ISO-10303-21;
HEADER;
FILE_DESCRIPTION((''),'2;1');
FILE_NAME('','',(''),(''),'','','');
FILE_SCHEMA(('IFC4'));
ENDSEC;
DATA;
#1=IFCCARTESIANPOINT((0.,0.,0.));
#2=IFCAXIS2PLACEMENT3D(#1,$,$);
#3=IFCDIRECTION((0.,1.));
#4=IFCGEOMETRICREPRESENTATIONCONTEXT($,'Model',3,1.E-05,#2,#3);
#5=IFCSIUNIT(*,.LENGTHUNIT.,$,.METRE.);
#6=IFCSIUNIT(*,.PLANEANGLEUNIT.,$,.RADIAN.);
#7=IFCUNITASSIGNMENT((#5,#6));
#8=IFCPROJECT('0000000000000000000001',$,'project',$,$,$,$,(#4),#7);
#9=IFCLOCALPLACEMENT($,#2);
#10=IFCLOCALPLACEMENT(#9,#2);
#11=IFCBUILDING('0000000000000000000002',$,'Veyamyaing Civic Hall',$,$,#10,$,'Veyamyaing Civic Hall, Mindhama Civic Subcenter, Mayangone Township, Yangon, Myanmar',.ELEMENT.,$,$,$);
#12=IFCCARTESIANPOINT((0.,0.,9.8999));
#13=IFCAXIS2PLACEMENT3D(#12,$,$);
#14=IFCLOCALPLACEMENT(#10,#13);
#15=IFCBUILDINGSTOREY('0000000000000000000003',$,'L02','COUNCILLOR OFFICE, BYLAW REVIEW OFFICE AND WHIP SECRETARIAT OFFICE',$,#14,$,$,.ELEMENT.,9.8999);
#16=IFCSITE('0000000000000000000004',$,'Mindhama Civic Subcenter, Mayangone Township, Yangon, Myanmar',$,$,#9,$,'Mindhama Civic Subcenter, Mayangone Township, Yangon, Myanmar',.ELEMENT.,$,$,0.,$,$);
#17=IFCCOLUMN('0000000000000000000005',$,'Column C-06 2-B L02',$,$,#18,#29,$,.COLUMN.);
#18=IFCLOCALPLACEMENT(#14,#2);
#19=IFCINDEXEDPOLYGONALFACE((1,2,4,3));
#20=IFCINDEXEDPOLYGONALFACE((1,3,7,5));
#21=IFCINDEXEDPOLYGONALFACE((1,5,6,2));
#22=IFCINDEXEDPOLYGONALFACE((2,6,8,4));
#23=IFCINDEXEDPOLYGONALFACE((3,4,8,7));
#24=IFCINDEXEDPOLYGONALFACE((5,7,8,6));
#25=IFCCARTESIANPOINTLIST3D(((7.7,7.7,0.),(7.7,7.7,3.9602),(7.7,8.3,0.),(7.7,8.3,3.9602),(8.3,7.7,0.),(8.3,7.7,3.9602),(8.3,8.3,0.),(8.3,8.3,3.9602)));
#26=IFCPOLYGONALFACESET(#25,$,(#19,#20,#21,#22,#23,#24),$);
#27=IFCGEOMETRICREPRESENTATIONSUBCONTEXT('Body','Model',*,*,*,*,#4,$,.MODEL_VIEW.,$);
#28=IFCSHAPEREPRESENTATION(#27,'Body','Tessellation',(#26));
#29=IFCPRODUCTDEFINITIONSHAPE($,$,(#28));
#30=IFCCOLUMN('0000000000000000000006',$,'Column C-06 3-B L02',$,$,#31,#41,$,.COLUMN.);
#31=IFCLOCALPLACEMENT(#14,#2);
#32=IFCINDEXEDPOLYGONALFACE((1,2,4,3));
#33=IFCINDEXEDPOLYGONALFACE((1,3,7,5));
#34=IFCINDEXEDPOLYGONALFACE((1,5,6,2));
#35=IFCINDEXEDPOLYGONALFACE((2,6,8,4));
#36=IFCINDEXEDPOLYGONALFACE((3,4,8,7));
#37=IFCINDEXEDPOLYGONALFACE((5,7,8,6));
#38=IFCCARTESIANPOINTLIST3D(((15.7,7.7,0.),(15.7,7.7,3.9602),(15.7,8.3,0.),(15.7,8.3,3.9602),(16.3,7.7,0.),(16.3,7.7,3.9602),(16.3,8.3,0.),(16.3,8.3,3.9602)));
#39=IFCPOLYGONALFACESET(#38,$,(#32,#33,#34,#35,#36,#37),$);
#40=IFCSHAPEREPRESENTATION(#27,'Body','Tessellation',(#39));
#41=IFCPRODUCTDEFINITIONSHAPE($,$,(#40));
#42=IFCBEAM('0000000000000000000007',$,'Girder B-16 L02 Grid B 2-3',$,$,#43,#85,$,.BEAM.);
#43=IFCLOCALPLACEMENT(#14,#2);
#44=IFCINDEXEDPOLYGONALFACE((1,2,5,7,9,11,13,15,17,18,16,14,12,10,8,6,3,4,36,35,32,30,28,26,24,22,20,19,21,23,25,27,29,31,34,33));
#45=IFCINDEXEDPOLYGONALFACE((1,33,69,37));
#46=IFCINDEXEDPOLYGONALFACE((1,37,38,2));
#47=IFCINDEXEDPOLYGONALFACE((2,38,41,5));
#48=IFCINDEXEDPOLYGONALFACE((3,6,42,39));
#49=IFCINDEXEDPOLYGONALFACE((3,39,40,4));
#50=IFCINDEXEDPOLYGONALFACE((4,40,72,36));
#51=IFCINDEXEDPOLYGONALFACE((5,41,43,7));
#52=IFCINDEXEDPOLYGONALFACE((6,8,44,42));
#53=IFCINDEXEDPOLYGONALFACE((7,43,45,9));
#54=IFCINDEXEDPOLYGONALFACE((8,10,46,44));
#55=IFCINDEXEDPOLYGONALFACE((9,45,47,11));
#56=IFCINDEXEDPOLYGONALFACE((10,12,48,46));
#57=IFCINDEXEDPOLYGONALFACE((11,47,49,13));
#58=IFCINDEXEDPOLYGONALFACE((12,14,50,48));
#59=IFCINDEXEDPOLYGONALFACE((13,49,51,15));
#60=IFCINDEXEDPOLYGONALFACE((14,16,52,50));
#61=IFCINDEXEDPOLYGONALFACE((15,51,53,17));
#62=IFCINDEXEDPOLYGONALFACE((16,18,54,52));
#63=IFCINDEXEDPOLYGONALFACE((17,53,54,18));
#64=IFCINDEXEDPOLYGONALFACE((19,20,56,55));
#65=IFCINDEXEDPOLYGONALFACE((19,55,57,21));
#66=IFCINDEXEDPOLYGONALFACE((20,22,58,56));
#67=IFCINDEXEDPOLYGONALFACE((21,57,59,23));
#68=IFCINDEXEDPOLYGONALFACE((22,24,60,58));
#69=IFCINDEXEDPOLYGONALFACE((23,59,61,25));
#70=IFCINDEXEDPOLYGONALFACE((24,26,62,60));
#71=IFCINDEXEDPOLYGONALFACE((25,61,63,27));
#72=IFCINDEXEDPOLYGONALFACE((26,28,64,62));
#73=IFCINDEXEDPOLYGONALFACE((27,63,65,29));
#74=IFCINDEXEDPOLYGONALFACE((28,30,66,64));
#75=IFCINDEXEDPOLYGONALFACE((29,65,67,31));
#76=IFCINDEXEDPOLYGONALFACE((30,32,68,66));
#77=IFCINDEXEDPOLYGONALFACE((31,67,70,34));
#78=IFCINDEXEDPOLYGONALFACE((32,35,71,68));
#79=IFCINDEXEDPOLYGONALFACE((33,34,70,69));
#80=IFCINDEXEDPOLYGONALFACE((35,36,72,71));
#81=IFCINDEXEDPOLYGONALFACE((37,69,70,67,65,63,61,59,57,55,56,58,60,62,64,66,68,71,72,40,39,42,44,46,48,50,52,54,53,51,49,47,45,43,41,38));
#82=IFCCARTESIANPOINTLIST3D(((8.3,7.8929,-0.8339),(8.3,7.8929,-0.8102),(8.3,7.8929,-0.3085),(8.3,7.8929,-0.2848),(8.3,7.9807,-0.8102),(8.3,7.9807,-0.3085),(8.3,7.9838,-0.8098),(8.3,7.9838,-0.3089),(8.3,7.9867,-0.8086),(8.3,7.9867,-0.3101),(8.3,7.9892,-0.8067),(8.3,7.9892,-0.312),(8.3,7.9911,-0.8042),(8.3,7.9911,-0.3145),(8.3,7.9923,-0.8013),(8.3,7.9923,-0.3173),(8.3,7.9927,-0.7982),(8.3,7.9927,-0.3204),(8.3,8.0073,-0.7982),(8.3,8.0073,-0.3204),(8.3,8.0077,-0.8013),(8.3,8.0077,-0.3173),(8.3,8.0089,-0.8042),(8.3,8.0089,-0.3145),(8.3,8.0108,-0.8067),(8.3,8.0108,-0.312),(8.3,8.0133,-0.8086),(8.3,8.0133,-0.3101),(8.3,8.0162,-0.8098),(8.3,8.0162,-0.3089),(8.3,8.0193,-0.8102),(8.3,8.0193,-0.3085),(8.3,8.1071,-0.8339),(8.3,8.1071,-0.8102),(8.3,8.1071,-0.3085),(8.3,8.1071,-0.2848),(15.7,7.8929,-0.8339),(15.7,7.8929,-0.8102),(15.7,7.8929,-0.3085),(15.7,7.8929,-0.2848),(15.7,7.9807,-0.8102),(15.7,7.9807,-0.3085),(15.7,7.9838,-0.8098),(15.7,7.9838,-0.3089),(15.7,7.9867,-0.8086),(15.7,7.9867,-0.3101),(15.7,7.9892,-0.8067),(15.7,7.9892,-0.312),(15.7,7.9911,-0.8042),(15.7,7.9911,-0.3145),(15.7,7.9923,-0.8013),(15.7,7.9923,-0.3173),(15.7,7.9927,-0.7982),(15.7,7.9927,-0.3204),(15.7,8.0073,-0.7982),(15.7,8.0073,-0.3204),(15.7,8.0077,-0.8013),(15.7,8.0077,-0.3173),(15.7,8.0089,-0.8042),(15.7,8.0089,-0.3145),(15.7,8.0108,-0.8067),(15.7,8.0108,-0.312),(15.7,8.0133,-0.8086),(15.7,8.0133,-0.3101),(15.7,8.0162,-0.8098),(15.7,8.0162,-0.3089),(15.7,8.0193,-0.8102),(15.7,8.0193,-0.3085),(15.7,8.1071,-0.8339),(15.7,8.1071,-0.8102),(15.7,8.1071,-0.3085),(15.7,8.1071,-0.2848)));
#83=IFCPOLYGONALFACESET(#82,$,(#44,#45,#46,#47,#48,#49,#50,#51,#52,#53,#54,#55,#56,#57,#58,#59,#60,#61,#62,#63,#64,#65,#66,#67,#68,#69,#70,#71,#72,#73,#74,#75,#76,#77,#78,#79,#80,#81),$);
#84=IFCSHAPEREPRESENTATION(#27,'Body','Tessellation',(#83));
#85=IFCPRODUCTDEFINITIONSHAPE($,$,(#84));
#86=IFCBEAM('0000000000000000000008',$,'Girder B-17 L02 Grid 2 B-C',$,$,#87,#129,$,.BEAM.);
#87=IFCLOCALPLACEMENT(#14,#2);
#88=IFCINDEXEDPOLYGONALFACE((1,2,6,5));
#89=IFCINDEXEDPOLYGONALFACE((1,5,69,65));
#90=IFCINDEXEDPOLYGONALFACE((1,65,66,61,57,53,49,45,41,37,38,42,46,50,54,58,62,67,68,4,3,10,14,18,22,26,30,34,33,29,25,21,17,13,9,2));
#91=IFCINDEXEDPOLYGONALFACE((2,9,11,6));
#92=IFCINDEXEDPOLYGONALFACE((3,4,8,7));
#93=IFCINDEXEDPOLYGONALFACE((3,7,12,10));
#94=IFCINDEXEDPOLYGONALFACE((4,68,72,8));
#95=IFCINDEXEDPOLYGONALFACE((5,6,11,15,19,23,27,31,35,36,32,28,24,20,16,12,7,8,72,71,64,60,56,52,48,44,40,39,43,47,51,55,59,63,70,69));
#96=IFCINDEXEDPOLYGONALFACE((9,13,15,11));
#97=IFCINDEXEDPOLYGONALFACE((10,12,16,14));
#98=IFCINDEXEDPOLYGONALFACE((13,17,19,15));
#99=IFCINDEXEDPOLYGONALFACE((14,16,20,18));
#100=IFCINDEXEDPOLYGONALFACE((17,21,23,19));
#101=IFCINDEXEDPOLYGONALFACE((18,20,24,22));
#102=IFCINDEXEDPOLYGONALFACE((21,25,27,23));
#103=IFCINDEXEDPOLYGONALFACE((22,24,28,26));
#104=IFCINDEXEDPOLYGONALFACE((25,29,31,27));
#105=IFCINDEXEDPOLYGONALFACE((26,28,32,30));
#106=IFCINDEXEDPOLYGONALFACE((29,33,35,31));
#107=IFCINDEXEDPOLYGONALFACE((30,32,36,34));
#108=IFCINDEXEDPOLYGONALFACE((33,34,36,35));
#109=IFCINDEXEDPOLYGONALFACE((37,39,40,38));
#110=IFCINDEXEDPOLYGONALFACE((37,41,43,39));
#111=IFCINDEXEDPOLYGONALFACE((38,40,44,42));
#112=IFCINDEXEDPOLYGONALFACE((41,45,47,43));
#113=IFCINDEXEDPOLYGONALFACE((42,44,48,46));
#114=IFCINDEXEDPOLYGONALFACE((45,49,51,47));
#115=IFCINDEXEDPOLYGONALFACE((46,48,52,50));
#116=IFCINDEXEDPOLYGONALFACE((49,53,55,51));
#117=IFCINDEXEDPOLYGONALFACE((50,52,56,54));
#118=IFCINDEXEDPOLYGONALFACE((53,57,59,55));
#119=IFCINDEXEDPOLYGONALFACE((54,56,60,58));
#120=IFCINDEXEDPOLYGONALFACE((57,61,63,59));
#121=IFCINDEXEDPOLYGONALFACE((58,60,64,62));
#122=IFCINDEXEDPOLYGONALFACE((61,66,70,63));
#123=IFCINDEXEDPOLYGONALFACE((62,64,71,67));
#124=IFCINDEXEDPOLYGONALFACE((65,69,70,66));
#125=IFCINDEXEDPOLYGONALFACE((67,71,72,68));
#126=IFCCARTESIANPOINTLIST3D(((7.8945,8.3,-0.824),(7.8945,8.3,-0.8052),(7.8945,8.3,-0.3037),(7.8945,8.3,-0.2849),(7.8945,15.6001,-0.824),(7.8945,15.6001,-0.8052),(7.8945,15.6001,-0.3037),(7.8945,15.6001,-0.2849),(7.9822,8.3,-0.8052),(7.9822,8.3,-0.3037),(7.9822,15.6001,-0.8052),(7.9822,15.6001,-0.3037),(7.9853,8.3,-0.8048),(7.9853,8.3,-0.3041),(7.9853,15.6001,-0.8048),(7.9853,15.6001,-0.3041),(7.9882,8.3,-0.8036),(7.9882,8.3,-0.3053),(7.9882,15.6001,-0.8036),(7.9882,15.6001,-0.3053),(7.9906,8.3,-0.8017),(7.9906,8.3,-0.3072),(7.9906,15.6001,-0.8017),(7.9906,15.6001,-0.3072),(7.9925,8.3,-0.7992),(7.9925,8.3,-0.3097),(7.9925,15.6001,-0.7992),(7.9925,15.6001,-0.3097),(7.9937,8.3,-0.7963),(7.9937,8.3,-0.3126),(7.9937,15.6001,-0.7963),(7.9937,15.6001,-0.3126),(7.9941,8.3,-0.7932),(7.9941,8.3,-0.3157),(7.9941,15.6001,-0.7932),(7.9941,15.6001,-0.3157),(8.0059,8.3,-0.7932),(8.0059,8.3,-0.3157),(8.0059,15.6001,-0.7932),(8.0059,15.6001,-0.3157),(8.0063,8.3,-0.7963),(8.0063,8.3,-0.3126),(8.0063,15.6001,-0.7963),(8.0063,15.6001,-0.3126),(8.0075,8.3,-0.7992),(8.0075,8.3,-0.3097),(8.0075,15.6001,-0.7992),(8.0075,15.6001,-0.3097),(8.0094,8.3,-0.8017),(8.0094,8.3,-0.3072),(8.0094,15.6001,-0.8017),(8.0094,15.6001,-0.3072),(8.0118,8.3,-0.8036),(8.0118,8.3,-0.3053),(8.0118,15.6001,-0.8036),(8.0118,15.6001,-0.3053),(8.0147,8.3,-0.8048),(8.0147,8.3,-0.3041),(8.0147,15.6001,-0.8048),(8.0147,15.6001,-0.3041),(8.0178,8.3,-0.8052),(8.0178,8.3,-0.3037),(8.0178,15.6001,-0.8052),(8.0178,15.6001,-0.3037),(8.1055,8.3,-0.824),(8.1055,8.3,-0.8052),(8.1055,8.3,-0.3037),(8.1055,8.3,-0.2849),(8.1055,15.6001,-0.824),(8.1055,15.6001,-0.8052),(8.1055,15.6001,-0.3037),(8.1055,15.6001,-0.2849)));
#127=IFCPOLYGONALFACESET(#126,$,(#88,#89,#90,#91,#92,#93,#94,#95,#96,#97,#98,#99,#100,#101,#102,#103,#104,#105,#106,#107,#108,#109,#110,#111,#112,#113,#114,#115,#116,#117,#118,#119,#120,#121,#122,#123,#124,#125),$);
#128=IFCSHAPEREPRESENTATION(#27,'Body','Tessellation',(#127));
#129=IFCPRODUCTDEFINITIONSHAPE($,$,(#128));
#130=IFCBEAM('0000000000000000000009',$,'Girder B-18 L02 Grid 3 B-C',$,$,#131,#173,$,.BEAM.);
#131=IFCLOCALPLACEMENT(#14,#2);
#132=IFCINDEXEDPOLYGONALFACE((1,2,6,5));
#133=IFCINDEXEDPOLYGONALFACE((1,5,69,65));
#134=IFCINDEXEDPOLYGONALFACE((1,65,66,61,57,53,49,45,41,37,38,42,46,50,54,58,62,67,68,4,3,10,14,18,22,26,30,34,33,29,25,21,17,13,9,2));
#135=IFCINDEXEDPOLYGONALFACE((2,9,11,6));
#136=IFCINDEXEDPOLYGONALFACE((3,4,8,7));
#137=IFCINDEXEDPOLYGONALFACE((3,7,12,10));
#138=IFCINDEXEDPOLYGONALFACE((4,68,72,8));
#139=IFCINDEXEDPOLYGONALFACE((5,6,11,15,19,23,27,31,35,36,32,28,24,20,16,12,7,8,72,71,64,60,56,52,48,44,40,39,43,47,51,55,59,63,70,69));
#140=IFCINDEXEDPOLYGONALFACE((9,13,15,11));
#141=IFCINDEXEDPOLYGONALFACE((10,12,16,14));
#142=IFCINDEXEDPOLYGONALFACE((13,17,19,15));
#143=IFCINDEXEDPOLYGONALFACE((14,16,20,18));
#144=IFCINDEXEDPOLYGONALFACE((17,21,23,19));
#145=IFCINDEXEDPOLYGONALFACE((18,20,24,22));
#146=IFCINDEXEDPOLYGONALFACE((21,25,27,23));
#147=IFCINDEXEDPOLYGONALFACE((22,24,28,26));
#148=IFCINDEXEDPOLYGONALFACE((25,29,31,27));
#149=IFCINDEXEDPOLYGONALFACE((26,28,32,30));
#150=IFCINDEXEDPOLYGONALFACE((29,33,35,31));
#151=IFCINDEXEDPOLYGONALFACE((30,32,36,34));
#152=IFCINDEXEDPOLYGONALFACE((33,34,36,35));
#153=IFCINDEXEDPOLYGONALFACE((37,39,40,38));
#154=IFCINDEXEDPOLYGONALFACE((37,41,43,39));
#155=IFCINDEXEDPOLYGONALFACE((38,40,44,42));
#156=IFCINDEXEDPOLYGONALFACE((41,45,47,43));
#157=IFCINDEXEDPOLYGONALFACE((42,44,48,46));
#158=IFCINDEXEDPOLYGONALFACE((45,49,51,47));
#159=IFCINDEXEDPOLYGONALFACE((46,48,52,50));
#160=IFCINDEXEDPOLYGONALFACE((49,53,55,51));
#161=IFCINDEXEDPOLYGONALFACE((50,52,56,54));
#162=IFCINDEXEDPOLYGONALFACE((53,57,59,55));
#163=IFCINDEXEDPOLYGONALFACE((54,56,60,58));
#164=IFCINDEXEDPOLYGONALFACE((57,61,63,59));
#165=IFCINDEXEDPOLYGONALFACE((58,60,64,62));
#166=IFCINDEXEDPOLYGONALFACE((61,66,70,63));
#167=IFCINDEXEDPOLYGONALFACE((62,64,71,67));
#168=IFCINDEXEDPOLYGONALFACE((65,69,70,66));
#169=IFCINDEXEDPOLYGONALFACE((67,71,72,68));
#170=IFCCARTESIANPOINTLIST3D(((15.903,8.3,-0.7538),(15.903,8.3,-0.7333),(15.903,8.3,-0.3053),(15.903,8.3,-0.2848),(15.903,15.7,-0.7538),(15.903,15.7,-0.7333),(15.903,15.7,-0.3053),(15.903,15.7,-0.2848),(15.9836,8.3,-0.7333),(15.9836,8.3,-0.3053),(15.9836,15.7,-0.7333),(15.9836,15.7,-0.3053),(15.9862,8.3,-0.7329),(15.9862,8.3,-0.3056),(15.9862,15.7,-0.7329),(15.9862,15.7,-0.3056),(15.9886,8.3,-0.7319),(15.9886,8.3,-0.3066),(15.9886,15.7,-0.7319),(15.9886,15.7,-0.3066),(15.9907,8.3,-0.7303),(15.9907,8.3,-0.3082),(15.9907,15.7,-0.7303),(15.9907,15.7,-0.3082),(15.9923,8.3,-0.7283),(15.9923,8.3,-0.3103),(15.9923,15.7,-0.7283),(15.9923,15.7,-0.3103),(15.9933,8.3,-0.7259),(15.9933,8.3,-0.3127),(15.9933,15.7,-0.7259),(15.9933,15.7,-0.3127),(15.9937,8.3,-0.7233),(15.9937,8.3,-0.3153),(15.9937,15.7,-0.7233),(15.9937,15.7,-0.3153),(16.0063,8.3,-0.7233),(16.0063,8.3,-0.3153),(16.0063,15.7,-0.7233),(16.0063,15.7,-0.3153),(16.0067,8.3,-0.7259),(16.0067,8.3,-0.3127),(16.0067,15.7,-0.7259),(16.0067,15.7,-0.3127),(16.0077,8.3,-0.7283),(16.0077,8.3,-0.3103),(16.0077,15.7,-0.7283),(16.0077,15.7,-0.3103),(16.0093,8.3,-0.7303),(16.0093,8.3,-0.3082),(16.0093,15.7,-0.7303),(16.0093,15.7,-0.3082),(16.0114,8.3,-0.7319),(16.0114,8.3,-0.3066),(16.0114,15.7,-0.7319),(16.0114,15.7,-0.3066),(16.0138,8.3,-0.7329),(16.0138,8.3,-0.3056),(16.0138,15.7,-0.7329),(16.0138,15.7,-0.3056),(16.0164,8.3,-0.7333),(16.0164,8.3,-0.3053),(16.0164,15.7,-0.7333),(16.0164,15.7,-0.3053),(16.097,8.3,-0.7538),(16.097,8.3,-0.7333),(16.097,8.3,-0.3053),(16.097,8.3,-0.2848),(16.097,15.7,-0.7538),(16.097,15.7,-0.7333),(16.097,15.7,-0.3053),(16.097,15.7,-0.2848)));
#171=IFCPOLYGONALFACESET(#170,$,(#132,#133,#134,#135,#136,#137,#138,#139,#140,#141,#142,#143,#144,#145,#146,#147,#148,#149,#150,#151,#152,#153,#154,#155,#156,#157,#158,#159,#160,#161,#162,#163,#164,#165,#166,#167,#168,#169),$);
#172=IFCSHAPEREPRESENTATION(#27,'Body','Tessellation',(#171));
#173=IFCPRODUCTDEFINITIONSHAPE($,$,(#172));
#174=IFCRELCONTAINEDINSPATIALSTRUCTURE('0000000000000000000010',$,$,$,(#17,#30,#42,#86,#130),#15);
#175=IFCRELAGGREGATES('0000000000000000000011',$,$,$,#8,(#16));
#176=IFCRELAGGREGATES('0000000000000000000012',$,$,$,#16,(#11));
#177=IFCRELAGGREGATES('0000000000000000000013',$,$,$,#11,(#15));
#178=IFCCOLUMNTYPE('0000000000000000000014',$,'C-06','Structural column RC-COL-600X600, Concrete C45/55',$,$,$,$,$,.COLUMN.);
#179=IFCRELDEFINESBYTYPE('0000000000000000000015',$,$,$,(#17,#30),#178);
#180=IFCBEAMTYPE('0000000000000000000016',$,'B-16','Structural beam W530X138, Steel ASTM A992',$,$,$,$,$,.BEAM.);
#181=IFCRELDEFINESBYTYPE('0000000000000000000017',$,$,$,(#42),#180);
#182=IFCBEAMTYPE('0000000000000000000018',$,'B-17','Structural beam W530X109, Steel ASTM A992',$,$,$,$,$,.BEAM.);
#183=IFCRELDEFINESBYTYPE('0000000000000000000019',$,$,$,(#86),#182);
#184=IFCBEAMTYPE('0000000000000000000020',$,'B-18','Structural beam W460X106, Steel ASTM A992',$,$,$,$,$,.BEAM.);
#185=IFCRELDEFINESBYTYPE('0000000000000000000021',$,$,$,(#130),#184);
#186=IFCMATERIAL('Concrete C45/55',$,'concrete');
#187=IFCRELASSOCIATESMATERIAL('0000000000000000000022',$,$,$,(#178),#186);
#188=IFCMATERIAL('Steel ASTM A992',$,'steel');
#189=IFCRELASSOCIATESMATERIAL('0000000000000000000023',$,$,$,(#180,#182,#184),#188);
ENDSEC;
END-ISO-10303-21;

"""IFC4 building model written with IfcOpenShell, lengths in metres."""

from ifc_helpers import new_model, si_unit, direction, frame, origin, origin_2d, place, context, subcontext, project, spatial, rectangle, i_section, extrude, material, material_profile, profile_set, type_object, element, save


model = new_model("IFC4")

# Units and contexts
model_context = context("Model", 3, precision=1e-05, world=origin(), true_north=direction((0.0, 1.0)))
body_context = subcontext(model_context, "Body", "Model", "MODEL_VIEW")
ifc_project = project(units=[si_unit("LENGTHUNIT", "METRE"), si_unit("PLANEANGLEUNIT", "RADIAN")], contexts=[model_context])

# Site, building, storey
site_placement = place(None, origin())
site = spatial("IfcSite", under=ifc_project, at=site_placement, Name="Mindhama Civic Subcenter, Mayangone Township, Yangon, Myanmar", LongName="Mindhama Civic Subcenter, Mayangone Township, Yangon, Myanmar", CompositionType="ELEMENT", RefElevation=0.0)
building_placement = place(site_placement, origin())
building = spatial("IfcBuilding", under=site, at=building_placement, Name="Veyamyaing Civic Hall", LongName="Veyamyaing Civic Hall, Mindhama Civic Subcenter, Mayangone Township, Yangon, Myanmar", CompositionType="ELEMENT")
storey_placement = place(building_placement, frame((0.0, 0.0, 9.8999)))
storey = spatial("IfcBuildingStorey", under=building, at=storey_placement, Name="L02", Description="COUNCILLOR OFFICE, BYLAW REVIEW OFFICE AND WHIP SECRETARIAT OFFICE", CompositionType="ELEMENT", Elevation=9.8999)

# Columns
ifc_material_1 = material(Name="Concrete C45/55", Category="concrete")
ifc_material_profile_1 = material_profile(ifc_material_1, rectangle(XDim=0.6001, YDim=0.6001, at=origin_2d()), Name="RC-COL-600X600")
ifc_profile_set_1 = profile_set([ifc_material_profile_1], Name="Concrete C45/55")
column_type = type_object("IfcColumnType", Name="C-06", Description="Structural column RC-COL-600X600, Concrete C45/55", PredefinedType="COLUMN", material=ifc_profile_set_1)
for number, where, z_axis, x_axis, name in (
    (1, (8.0, 8.0, 0.0), (0.0, 0.0, 1.0), (1.0, 0.0, 0.0), "Column C-06 2-B L02"),
    (2, (16.0, 8.0, 0.0), (0.0, 0.0, 1.0), (1.0, 0.0, 0.0), "Column C-06 3-B L02"),
):
    element("IfcColumn", number, at=place(storey_placement, frame(where, z_axis=z_axis, x_axis=x_axis)), inside=storey, type_object=column_type, Name=name, PredefinedType="COLUMN", context=body_context, shape_type="SweptSolid", body=[
        extrude(rectangle(XDim=0.6001, YDim=0.6001, at=origin_2d()), origin(), (0.0, 0.0, 1.0), 3.9602),
    ])

# Beams
ifc_material_2 = material(Name="Steel ASTM A992", Category="steel")
ifc_material_profile_2 = material_profile(ifc_material_2, i_section(OverallWidth=0.2141, OverallDepth=0.5491, WebThickness=0.0146, FlangeThickness=0.0237, FilletRadius=0.012, at=origin_2d()), Name="W530X138")
ifc_profile_set_2 = profile_set([ifc_material_profile_2], Name="Steel ASTM A992")
beam_type_1 = type_object("IfcBeamType", Name="B-16", Description="Structural beam W530X138, Steel ASTM A992", PredefinedType="BEAM", material=ifc_profile_set_2)
beam_1_placement = place(storey_placement, frame((8.3, 8.0, -0.5593), z_axis=(1.0, 0.0, 0.0), x_axis=(0.0, 1.0, 0.0)))
element("IfcBeam", 3, at=beam_1_placement, inside=storey, type_object=beam_type_1, Name="Girder B-16 L02 Grid B 2-3", PredefinedType="BEAM", context=body_context, shape_type="SweptSolid", body=[
    extrude(i_section(OverallWidth=0.2141, OverallDepth=0.5491, WebThickness=0.0146, FlangeThickness=0.0237, FilletRadius=0.012, at=origin_2d()), origin(), (0.0, 0.0, 1.0), 7.3999),
])
ifc_material_profile_3 = material_profile(ifc_material_2, i_section(OverallWidth=0.2109, OverallDepth=0.5391, WebThickness=0.0117, FlangeThickness=0.0188, FilletRadius=0.012, at=origin_2d()), Name="W530X109")
ifc_profile_set_3 = profile_set([ifc_material_profile_3], Name="Steel ASTM A992")
beam_type_2 = type_object("IfcBeamType", Name="B-17", Description="Structural beam W530X109, Steel ASTM A992", PredefinedType="BEAM", material=ifc_profile_set_3)
beam_2_placement = place(storey_placement, frame((8.0, 8.3, -0.5544), z_axis=(0.0, 1.0, 0.0), x_axis=(-1.0, 0.0, 0.0)))
element("IfcBeam", 4, at=beam_2_placement, inside=storey, type_object=beam_type_2, Name="Girder B-17 L02 Grid 2 B-C", PredefinedType="BEAM", context=body_context, shape_type="SweptSolid", body=[
    extrude(i_section(OverallWidth=0.2109, OverallDepth=0.5391, WebThickness=0.0117, FlangeThickness=0.0188, FilletRadius=0.012, at=origin_2d()), origin(), (0.0, 0.0, 1.0), 7.3),
])
ifc_material_profile_4 = material_profile(ifc_material_2, i_section(OverallWidth=0.1941, OverallDepth=0.469, WebThickness=0.0127, FlangeThickness=0.0205, FilletRadius=0.01, at=origin_2d()), Name="W460X106")
ifc_profile_set_4 = profile_set([ifc_material_profile_4], Name="Steel ASTM A992")
beam_type_3 = type_object("IfcBeamType", Name="B-18", Description="Structural beam W460X106, Steel ASTM A992", PredefinedType="BEAM", material=ifc_profile_set_4)
beam_3_placement = place(storey_placement, frame((16.0, 8.3, -0.5193), z_axis=(0.0, 1.0, 0.0), x_axis=(-1.0, 0.0, 0.0)))
element("IfcBeam", 5, at=beam_3_placement, inside=storey, type_object=beam_type_3, Name="Girder B-18 L02 Grid 3 B-C", PredefinedType="BEAM", context=body_context, shape_type="SweptSolid", body=[
    extrude(i_section(OverallWidth=0.1941, OverallDepth=0.469, WebThickness=0.0127, FlangeThickness=0.0205, FilletRadius=0.01, at=origin_2d()), origin(), (0.0, 0.0, 1.0), 7.3999),
])

save(model, "model.ifc")
